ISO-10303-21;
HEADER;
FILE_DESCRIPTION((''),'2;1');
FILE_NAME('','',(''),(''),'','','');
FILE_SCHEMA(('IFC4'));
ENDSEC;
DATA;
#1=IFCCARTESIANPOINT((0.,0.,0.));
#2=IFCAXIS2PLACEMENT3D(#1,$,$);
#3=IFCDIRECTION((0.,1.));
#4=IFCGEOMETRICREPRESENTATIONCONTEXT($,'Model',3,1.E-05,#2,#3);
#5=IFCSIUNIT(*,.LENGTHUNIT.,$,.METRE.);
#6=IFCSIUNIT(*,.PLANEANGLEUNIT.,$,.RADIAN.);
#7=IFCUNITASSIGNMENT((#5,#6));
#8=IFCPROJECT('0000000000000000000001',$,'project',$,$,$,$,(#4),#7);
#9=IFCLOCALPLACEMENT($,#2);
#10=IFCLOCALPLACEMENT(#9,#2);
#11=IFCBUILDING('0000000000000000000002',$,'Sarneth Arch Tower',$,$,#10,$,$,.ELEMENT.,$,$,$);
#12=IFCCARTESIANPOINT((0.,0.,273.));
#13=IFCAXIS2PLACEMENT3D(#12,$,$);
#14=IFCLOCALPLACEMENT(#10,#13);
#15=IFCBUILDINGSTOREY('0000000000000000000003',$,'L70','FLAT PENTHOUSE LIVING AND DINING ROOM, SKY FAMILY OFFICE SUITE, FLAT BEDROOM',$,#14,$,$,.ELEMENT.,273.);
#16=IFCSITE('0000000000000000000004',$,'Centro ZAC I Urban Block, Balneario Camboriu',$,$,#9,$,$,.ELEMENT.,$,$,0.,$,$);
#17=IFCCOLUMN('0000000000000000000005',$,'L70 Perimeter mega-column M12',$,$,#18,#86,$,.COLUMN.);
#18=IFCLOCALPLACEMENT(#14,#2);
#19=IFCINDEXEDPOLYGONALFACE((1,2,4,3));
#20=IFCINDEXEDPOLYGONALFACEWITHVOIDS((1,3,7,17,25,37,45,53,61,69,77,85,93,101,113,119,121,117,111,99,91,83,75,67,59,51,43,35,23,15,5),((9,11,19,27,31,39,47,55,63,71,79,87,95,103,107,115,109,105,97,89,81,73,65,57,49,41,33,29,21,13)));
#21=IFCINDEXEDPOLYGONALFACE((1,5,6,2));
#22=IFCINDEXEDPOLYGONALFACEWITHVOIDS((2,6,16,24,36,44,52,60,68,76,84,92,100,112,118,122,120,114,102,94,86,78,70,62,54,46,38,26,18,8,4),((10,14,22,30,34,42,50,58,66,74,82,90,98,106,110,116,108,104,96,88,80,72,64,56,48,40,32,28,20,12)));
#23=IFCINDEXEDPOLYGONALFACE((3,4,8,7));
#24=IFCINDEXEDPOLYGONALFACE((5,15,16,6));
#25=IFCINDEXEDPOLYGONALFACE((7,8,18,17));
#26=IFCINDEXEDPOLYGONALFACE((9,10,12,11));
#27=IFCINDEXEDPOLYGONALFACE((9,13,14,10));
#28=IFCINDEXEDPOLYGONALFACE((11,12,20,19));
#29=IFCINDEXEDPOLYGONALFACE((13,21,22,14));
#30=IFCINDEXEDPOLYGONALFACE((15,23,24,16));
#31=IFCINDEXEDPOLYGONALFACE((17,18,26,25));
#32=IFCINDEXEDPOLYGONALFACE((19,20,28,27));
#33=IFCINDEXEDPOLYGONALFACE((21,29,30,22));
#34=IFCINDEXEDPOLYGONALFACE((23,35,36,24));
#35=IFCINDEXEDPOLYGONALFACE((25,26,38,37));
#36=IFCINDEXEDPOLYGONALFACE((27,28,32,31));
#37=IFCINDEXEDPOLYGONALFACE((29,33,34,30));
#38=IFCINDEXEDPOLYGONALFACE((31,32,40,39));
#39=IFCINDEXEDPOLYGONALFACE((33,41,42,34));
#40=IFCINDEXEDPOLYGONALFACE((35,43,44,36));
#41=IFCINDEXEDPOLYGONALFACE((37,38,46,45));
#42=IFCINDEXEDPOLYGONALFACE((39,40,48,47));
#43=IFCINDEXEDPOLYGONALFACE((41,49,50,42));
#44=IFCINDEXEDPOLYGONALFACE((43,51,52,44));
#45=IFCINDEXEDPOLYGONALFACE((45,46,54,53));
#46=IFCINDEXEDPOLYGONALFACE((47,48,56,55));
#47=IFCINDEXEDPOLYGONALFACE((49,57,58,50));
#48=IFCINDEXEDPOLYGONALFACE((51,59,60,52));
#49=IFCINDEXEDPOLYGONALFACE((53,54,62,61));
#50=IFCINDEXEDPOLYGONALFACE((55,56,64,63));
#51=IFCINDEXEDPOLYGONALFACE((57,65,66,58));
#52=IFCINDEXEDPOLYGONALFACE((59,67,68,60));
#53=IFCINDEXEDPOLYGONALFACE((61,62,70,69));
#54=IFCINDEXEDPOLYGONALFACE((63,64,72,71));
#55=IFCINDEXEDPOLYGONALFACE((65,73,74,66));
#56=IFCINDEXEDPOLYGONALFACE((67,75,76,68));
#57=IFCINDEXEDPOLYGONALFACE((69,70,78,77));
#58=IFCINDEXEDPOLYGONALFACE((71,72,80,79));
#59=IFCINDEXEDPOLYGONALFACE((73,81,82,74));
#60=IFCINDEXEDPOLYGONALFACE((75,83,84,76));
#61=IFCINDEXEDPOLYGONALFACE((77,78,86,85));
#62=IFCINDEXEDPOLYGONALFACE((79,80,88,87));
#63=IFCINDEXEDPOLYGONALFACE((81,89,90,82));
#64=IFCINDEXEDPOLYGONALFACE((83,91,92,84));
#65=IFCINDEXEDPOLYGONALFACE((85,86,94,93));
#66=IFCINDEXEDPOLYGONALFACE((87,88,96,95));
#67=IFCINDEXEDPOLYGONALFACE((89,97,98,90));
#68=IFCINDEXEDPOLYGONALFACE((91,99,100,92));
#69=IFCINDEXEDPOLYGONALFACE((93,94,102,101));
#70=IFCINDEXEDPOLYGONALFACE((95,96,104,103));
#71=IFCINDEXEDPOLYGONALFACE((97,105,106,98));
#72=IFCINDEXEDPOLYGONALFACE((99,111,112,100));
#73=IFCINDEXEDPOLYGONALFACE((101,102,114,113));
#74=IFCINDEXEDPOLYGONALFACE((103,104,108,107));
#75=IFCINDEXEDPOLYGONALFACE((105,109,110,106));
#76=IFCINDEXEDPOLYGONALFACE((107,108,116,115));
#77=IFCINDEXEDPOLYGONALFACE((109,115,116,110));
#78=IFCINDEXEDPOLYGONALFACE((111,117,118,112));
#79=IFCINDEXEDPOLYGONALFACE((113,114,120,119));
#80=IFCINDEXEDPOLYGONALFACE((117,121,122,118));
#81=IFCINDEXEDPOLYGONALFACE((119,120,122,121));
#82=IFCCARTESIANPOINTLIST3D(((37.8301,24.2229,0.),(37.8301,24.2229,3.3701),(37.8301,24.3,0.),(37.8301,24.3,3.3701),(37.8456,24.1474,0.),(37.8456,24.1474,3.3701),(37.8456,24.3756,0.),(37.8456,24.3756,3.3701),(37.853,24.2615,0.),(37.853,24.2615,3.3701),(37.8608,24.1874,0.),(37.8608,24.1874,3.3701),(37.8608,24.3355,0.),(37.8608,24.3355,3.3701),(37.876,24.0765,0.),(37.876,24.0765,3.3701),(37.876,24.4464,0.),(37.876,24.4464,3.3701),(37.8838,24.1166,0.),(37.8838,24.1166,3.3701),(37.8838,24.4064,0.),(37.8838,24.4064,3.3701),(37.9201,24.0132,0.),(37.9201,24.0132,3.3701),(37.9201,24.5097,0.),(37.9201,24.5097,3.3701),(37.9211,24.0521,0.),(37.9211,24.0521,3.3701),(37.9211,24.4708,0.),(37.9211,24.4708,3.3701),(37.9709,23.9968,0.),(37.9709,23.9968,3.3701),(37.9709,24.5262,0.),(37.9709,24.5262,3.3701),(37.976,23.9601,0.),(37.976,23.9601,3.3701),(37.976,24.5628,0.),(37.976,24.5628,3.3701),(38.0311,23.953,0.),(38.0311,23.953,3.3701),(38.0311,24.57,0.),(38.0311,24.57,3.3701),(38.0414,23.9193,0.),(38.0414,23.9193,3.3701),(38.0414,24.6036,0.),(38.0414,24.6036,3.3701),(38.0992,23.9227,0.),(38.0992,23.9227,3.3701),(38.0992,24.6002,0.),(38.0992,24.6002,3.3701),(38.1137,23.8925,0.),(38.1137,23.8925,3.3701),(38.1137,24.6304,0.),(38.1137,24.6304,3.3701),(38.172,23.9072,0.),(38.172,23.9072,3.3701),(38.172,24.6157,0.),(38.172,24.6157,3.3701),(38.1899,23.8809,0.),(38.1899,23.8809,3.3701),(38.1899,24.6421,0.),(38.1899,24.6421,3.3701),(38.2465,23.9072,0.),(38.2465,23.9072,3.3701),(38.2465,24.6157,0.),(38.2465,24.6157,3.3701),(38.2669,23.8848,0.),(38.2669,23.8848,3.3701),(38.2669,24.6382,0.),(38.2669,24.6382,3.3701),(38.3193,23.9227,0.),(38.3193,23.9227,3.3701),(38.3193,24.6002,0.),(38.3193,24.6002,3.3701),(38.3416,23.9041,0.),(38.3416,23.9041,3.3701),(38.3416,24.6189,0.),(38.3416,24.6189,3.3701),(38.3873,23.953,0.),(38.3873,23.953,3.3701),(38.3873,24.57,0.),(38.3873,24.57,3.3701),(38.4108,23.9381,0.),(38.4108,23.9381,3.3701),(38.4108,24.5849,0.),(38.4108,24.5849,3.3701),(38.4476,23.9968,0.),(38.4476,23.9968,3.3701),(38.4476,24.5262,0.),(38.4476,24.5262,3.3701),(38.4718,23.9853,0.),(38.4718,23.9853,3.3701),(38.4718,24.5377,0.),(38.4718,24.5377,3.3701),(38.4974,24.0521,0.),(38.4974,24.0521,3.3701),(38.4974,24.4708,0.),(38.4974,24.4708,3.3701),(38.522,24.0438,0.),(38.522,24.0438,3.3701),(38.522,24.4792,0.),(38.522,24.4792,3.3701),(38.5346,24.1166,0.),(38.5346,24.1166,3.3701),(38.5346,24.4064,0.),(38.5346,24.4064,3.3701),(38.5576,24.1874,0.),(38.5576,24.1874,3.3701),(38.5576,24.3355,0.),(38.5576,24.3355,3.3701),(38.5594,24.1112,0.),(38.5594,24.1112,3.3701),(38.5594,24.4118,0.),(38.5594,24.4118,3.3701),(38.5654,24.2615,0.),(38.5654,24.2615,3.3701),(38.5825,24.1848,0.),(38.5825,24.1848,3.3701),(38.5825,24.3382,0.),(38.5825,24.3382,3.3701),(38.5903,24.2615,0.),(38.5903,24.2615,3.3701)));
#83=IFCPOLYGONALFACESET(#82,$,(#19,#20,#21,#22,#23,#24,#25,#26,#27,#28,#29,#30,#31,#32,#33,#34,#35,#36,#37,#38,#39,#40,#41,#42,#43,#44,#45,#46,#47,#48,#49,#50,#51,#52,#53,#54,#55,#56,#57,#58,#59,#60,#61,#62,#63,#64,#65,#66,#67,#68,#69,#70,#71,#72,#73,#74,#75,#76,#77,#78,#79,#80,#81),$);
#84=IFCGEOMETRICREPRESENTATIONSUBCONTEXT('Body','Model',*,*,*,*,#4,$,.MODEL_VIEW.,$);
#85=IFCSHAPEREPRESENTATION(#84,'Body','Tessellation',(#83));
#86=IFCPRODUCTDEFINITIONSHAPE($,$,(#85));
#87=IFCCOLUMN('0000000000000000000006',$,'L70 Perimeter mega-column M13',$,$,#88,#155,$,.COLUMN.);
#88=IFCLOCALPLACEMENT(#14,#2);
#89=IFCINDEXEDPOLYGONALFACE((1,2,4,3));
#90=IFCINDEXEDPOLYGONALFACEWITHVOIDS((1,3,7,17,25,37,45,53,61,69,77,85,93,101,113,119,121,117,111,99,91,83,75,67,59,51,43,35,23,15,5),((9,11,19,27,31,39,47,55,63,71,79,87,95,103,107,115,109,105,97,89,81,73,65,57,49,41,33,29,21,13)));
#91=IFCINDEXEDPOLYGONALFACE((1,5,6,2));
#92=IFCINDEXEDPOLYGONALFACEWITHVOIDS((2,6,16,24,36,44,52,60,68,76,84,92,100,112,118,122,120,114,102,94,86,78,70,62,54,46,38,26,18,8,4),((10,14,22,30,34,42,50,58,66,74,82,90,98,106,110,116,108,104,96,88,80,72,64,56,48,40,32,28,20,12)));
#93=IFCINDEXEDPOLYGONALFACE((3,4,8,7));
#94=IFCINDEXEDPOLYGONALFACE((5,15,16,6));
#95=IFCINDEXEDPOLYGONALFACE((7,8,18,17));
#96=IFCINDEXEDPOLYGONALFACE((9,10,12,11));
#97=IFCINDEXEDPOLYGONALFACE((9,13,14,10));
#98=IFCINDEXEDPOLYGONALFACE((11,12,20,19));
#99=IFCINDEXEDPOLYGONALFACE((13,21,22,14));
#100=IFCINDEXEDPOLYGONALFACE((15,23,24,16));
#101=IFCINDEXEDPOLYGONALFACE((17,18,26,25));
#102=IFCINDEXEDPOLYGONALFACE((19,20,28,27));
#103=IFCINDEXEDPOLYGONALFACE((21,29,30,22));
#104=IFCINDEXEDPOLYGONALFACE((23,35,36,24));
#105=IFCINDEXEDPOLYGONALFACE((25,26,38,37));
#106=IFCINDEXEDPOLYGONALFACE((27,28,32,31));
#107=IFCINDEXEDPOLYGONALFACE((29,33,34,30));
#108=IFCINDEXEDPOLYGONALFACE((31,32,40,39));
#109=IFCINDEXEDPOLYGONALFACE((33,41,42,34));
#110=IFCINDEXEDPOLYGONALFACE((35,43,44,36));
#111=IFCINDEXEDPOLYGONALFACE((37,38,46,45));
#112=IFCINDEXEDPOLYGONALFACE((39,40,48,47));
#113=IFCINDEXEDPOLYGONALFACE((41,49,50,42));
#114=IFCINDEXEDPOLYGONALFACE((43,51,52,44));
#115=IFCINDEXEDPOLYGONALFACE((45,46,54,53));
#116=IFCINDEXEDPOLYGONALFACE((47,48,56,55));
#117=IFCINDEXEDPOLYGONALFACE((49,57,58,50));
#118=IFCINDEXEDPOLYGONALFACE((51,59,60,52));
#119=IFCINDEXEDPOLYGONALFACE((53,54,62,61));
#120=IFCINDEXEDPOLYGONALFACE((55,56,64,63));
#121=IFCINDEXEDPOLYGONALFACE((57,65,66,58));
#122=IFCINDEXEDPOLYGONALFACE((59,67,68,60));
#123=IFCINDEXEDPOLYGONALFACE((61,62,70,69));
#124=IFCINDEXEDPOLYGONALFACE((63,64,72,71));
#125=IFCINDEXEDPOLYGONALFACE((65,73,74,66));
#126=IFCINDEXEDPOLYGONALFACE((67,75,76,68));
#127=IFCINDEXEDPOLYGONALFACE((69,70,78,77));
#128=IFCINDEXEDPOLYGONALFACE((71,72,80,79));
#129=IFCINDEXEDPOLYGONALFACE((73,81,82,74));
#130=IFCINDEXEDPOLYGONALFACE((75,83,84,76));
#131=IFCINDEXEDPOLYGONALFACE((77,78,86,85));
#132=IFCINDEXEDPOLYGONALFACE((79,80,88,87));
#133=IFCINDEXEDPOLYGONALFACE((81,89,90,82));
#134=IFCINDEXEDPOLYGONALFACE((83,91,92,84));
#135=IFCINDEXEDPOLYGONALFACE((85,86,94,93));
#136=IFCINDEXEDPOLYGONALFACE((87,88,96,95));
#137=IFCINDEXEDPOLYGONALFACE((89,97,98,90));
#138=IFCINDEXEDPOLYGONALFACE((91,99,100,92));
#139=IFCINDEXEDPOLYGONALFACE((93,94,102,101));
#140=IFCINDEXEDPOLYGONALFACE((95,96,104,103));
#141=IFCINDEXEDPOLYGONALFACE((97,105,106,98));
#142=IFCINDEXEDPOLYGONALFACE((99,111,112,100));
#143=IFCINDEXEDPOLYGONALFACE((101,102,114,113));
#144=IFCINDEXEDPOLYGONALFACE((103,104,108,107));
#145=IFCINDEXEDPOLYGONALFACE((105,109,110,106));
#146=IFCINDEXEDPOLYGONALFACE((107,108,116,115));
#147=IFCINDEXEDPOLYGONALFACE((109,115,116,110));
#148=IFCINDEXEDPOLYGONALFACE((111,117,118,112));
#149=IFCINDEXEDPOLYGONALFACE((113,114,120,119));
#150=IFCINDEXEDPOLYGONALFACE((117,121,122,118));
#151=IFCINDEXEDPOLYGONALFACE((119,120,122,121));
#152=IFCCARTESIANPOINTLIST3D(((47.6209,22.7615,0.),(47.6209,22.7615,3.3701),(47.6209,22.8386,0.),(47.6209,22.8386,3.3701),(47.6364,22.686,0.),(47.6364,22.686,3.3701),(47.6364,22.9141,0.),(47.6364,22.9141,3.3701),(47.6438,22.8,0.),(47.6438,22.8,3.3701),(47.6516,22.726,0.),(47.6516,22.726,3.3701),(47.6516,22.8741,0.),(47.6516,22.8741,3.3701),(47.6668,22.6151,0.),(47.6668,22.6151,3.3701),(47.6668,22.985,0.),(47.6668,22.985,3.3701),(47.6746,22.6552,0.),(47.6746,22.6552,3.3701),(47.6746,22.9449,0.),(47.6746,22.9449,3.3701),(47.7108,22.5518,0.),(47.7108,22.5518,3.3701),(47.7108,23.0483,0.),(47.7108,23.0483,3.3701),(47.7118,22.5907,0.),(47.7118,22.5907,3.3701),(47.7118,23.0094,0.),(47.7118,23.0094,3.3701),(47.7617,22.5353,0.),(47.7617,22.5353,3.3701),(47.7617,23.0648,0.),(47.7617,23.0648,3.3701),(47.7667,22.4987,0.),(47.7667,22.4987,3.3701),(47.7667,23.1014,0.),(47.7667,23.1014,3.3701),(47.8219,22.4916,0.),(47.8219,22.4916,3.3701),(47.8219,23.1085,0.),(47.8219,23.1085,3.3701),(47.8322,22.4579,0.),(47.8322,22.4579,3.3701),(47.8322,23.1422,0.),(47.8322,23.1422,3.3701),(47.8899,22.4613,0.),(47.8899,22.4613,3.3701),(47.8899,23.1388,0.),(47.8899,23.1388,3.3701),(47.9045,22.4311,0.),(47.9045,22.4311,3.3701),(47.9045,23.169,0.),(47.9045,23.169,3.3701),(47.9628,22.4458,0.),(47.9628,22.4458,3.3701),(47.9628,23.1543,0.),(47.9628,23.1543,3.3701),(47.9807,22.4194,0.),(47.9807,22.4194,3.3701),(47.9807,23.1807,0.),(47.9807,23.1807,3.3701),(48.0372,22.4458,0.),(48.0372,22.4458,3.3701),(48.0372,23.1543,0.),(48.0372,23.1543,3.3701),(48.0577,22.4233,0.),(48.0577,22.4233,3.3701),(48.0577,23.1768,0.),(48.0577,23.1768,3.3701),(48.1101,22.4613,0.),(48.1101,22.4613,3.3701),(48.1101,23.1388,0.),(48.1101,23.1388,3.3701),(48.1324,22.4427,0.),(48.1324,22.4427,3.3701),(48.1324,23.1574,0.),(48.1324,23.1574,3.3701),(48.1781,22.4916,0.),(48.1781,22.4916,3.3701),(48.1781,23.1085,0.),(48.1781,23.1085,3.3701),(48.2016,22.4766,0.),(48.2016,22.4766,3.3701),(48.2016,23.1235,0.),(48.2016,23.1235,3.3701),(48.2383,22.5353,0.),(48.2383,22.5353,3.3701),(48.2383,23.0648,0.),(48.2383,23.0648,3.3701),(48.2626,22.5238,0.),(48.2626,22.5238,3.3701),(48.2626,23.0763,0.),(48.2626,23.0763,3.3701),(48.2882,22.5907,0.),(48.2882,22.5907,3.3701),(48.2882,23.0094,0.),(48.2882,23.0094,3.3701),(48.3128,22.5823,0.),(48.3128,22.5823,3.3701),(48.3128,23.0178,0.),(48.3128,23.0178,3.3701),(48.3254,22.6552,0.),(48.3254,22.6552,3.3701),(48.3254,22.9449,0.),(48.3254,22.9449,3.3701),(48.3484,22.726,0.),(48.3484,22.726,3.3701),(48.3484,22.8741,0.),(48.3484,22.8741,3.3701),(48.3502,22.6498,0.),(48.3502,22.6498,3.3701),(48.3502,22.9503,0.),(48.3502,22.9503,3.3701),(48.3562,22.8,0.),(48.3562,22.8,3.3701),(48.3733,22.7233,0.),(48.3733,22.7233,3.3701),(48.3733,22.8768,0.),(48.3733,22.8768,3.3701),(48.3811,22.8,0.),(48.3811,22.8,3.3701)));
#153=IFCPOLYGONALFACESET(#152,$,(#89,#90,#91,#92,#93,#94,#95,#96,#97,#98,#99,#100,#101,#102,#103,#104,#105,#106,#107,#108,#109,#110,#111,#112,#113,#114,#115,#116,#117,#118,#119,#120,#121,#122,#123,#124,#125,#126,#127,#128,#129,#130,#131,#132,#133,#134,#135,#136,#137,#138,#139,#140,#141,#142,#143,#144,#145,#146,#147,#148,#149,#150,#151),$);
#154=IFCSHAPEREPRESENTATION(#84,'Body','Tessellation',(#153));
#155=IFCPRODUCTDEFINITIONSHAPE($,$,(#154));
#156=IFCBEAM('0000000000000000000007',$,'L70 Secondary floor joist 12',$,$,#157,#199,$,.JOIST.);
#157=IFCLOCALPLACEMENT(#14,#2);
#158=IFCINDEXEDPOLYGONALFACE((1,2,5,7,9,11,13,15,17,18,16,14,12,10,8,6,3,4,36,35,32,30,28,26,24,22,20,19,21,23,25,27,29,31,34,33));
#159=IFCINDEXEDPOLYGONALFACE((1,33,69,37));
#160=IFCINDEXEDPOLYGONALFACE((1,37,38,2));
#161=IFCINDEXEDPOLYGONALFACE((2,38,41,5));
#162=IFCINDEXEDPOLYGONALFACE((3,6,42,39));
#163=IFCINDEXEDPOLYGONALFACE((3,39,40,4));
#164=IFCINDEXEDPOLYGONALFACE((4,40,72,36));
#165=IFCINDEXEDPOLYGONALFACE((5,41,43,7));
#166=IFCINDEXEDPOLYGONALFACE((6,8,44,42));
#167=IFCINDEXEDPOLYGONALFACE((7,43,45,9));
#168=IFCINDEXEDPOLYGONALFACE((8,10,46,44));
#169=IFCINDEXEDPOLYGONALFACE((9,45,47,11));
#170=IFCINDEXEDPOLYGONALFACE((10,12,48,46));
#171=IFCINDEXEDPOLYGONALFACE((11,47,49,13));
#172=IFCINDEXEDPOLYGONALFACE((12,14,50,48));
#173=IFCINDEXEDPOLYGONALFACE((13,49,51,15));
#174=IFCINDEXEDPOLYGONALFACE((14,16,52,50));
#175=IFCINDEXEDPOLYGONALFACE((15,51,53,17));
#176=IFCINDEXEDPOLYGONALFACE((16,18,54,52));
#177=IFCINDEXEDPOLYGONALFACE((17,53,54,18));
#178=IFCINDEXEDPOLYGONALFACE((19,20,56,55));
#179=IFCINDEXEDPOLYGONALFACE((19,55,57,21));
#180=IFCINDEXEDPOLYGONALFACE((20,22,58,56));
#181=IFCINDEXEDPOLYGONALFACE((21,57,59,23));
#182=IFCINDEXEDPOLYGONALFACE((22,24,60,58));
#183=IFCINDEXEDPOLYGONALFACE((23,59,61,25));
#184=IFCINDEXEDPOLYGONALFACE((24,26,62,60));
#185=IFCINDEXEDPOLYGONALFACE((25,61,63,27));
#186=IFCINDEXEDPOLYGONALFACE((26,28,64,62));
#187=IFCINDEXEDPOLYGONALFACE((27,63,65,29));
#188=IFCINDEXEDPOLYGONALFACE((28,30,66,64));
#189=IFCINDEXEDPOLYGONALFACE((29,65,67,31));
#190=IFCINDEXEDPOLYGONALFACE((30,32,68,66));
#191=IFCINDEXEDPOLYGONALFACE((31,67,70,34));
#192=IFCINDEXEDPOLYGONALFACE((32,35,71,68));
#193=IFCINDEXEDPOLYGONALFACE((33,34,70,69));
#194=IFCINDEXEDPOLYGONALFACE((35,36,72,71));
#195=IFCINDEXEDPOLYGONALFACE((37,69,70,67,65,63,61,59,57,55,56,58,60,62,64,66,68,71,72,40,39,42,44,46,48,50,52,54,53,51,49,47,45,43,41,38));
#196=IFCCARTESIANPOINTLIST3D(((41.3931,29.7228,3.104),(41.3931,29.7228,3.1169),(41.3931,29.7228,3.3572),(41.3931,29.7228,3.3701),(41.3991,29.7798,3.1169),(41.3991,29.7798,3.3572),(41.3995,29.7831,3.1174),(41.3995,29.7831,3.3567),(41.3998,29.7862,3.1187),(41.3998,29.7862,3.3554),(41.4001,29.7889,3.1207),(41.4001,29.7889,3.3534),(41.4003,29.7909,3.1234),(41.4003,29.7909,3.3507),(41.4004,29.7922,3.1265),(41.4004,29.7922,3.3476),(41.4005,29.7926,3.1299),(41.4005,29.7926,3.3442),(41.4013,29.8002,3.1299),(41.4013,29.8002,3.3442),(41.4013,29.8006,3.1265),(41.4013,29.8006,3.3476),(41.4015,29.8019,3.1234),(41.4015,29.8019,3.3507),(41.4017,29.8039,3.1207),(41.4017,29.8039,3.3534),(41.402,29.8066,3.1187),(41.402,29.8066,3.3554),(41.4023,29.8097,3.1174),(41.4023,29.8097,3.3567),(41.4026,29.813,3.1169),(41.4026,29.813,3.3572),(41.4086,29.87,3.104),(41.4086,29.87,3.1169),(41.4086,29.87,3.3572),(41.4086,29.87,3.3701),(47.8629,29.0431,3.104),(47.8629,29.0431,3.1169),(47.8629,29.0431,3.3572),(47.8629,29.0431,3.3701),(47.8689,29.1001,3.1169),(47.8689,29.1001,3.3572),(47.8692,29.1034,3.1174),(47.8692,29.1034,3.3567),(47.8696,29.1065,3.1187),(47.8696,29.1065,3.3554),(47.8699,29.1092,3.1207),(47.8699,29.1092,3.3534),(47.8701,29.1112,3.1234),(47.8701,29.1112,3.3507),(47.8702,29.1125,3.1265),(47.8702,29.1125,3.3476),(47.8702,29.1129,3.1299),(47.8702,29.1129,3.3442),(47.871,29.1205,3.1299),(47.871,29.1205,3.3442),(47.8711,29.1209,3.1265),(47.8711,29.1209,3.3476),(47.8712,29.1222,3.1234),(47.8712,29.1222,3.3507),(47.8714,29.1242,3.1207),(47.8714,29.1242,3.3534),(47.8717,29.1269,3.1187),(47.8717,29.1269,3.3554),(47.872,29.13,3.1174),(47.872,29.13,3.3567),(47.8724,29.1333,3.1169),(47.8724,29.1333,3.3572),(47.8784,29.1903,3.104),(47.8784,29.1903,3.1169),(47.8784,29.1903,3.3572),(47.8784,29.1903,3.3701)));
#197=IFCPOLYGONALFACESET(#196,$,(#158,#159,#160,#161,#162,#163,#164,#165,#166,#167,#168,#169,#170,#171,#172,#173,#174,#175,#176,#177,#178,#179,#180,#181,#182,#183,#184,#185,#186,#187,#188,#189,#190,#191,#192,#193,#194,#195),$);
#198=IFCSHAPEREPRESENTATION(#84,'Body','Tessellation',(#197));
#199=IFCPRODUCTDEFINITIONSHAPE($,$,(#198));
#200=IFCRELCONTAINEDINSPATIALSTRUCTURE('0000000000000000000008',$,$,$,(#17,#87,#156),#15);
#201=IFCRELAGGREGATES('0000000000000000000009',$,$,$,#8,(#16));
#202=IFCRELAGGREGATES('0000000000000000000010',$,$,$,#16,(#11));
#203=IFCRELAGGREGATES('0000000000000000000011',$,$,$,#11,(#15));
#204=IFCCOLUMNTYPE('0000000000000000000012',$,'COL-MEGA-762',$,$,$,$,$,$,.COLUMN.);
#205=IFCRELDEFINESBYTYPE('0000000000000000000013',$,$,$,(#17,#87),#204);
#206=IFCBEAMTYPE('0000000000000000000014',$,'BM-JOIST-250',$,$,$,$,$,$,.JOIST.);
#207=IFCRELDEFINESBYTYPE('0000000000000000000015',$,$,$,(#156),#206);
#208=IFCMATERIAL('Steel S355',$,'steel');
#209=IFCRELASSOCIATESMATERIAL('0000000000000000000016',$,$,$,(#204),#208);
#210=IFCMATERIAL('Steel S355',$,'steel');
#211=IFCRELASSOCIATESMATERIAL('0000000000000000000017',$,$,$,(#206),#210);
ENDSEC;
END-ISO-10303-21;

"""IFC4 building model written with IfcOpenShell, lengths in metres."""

from ifc_helpers import new_model, si_unit, direction, frame, origin, origin_2d, place, context, subcontext, project, spatial, hollow_circle, i_section, extrude, material, material_profile, profile_set, type_object, element, save


model = new_model("IFC4")

# Units and contexts
model_context = context("Model", 3, precision=1e-05, world=origin(), true_north=direction((0.0, 1.0)))
body_context = subcontext(model_context, "Body", "Model", "MODEL_VIEW")
ifc_project = project(units=[si_unit("LENGTHUNIT", "METRE"), si_unit("PLANEANGLEUNIT", "RADIAN")], contexts=[model_context])

# Site, building, storey
site_placement = place(None, origin())
site = spatial("IfcSite", under=ifc_project, at=site_placement, Name="Centro ZAC I Urban Block, Balneario Camboriu", CompositionType="ELEMENT", RefElevation=0.0)
building_placement = place(site_placement, origin())
building = spatial("IfcBuilding", under=site, at=building_placement, Name="Sarneth Arch Tower", CompositionType="ELEMENT")
storey_placement = place(building_placement, frame((0.0, 0.0, 273.0)))
storey = spatial("IfcBuildingStorey", under=building, at=storey_placement, Name="L70", Description="FLAT PENTHOUSE LIVING AND DINING ROOM, SKY FAMILY OFFICE SUITE, FLAT BEDROOM", CompositionType="ELEMENT", Elevation=273.0)

# Columns
ifc_material_1 = material(Name="Steel S355", Category="steel")
ifc_material_profile_1 = material_profile(ifc_material_1, hollow_circle(Radius=0.3811, WallThickness=0.0249, at=origin_2d()), Name="CHS762x25")
ifc_profile_set_1 = profile_set([ifc_material_profile_1], Name="Steel S355")
column_type = type_object("IfcColumnType", Name="COL-MEGA-762", PredefinedType="COLUMN", material=ifc_profile_set_1)
for number, where, z_axis, x_axis, name in (
    (1, (38.2092, 24.2615, 0.0), (0.0, 0.0, 1.0), (1.0, 0.0, 0.0), "L70 Perimeter mega-column M12"),
    (2, (48.0, 22.8, 0.0), (0.0, 0.0, 1.0), (1.0, 0.0, 0.0), "L70 Perimeter mega-column M13"),
):
    element("IfcColumn", number, at=place(storey_placement, frame(where, z_axis=z_axis, x_axis=x_axis)), inside=storey, type_object=column_type, Name=name, PredefinedType="COLUMN", context=body_context, shape_type="SweptSolid", body=[
        extrude(hollow_circle(Radius=0.3811, WallThickness=0.0249, at=origin_2d()), origin(), (0.0, 0.0, 1.0), 3.3701),
    ])

# Beam
ifc_material_2 = material(Name="Steel S355", Category="steel")
ifc_material_profile_2 = material_profile(ifc_material_2, i_section(OverallWidth=0.1479, OverallDepth=0.2661, WebThickness=0.0076, FlangeThickness=0.0129, FilletRadius=0.0129, at=origin_2d()), Name="W250x44.8")
ifc_profile_set_2 = profile_set([ifc_material_profile_2], Name="Steel S355")
beam_type_1 = type_object("IfcBeamType", Name="BM-JOIST-250", PredefinedType="JOIST", material=ifc_profile_set_2)
beam_1_placement = place(storey_placement, frame((41.4009, 29.7964, 3.2371), z_axis=(0.994527, -0.104482, 0.0), x_axis=(0.104482, 0.994527, 0.0)))
element("IfcBeam", 3, at=beam_1_placement, inside=storey, type_object=beam_type_1, Name="L70 Secondary floor joist 12", PredefinedType="JOIST", context=body_context, shape_type="SweptSolid", body=[
    extrude(i_section(OverallWidth=0.1479, OverallDepth=0.2661, WebThickness=0.0076, FlangeThickness=0.0129, FilletRadius=0.0129, at=origin_2d()), origin(), (0.0, 0.0, 1.0), 6.5054),
])

save(model, "model.ifc")
